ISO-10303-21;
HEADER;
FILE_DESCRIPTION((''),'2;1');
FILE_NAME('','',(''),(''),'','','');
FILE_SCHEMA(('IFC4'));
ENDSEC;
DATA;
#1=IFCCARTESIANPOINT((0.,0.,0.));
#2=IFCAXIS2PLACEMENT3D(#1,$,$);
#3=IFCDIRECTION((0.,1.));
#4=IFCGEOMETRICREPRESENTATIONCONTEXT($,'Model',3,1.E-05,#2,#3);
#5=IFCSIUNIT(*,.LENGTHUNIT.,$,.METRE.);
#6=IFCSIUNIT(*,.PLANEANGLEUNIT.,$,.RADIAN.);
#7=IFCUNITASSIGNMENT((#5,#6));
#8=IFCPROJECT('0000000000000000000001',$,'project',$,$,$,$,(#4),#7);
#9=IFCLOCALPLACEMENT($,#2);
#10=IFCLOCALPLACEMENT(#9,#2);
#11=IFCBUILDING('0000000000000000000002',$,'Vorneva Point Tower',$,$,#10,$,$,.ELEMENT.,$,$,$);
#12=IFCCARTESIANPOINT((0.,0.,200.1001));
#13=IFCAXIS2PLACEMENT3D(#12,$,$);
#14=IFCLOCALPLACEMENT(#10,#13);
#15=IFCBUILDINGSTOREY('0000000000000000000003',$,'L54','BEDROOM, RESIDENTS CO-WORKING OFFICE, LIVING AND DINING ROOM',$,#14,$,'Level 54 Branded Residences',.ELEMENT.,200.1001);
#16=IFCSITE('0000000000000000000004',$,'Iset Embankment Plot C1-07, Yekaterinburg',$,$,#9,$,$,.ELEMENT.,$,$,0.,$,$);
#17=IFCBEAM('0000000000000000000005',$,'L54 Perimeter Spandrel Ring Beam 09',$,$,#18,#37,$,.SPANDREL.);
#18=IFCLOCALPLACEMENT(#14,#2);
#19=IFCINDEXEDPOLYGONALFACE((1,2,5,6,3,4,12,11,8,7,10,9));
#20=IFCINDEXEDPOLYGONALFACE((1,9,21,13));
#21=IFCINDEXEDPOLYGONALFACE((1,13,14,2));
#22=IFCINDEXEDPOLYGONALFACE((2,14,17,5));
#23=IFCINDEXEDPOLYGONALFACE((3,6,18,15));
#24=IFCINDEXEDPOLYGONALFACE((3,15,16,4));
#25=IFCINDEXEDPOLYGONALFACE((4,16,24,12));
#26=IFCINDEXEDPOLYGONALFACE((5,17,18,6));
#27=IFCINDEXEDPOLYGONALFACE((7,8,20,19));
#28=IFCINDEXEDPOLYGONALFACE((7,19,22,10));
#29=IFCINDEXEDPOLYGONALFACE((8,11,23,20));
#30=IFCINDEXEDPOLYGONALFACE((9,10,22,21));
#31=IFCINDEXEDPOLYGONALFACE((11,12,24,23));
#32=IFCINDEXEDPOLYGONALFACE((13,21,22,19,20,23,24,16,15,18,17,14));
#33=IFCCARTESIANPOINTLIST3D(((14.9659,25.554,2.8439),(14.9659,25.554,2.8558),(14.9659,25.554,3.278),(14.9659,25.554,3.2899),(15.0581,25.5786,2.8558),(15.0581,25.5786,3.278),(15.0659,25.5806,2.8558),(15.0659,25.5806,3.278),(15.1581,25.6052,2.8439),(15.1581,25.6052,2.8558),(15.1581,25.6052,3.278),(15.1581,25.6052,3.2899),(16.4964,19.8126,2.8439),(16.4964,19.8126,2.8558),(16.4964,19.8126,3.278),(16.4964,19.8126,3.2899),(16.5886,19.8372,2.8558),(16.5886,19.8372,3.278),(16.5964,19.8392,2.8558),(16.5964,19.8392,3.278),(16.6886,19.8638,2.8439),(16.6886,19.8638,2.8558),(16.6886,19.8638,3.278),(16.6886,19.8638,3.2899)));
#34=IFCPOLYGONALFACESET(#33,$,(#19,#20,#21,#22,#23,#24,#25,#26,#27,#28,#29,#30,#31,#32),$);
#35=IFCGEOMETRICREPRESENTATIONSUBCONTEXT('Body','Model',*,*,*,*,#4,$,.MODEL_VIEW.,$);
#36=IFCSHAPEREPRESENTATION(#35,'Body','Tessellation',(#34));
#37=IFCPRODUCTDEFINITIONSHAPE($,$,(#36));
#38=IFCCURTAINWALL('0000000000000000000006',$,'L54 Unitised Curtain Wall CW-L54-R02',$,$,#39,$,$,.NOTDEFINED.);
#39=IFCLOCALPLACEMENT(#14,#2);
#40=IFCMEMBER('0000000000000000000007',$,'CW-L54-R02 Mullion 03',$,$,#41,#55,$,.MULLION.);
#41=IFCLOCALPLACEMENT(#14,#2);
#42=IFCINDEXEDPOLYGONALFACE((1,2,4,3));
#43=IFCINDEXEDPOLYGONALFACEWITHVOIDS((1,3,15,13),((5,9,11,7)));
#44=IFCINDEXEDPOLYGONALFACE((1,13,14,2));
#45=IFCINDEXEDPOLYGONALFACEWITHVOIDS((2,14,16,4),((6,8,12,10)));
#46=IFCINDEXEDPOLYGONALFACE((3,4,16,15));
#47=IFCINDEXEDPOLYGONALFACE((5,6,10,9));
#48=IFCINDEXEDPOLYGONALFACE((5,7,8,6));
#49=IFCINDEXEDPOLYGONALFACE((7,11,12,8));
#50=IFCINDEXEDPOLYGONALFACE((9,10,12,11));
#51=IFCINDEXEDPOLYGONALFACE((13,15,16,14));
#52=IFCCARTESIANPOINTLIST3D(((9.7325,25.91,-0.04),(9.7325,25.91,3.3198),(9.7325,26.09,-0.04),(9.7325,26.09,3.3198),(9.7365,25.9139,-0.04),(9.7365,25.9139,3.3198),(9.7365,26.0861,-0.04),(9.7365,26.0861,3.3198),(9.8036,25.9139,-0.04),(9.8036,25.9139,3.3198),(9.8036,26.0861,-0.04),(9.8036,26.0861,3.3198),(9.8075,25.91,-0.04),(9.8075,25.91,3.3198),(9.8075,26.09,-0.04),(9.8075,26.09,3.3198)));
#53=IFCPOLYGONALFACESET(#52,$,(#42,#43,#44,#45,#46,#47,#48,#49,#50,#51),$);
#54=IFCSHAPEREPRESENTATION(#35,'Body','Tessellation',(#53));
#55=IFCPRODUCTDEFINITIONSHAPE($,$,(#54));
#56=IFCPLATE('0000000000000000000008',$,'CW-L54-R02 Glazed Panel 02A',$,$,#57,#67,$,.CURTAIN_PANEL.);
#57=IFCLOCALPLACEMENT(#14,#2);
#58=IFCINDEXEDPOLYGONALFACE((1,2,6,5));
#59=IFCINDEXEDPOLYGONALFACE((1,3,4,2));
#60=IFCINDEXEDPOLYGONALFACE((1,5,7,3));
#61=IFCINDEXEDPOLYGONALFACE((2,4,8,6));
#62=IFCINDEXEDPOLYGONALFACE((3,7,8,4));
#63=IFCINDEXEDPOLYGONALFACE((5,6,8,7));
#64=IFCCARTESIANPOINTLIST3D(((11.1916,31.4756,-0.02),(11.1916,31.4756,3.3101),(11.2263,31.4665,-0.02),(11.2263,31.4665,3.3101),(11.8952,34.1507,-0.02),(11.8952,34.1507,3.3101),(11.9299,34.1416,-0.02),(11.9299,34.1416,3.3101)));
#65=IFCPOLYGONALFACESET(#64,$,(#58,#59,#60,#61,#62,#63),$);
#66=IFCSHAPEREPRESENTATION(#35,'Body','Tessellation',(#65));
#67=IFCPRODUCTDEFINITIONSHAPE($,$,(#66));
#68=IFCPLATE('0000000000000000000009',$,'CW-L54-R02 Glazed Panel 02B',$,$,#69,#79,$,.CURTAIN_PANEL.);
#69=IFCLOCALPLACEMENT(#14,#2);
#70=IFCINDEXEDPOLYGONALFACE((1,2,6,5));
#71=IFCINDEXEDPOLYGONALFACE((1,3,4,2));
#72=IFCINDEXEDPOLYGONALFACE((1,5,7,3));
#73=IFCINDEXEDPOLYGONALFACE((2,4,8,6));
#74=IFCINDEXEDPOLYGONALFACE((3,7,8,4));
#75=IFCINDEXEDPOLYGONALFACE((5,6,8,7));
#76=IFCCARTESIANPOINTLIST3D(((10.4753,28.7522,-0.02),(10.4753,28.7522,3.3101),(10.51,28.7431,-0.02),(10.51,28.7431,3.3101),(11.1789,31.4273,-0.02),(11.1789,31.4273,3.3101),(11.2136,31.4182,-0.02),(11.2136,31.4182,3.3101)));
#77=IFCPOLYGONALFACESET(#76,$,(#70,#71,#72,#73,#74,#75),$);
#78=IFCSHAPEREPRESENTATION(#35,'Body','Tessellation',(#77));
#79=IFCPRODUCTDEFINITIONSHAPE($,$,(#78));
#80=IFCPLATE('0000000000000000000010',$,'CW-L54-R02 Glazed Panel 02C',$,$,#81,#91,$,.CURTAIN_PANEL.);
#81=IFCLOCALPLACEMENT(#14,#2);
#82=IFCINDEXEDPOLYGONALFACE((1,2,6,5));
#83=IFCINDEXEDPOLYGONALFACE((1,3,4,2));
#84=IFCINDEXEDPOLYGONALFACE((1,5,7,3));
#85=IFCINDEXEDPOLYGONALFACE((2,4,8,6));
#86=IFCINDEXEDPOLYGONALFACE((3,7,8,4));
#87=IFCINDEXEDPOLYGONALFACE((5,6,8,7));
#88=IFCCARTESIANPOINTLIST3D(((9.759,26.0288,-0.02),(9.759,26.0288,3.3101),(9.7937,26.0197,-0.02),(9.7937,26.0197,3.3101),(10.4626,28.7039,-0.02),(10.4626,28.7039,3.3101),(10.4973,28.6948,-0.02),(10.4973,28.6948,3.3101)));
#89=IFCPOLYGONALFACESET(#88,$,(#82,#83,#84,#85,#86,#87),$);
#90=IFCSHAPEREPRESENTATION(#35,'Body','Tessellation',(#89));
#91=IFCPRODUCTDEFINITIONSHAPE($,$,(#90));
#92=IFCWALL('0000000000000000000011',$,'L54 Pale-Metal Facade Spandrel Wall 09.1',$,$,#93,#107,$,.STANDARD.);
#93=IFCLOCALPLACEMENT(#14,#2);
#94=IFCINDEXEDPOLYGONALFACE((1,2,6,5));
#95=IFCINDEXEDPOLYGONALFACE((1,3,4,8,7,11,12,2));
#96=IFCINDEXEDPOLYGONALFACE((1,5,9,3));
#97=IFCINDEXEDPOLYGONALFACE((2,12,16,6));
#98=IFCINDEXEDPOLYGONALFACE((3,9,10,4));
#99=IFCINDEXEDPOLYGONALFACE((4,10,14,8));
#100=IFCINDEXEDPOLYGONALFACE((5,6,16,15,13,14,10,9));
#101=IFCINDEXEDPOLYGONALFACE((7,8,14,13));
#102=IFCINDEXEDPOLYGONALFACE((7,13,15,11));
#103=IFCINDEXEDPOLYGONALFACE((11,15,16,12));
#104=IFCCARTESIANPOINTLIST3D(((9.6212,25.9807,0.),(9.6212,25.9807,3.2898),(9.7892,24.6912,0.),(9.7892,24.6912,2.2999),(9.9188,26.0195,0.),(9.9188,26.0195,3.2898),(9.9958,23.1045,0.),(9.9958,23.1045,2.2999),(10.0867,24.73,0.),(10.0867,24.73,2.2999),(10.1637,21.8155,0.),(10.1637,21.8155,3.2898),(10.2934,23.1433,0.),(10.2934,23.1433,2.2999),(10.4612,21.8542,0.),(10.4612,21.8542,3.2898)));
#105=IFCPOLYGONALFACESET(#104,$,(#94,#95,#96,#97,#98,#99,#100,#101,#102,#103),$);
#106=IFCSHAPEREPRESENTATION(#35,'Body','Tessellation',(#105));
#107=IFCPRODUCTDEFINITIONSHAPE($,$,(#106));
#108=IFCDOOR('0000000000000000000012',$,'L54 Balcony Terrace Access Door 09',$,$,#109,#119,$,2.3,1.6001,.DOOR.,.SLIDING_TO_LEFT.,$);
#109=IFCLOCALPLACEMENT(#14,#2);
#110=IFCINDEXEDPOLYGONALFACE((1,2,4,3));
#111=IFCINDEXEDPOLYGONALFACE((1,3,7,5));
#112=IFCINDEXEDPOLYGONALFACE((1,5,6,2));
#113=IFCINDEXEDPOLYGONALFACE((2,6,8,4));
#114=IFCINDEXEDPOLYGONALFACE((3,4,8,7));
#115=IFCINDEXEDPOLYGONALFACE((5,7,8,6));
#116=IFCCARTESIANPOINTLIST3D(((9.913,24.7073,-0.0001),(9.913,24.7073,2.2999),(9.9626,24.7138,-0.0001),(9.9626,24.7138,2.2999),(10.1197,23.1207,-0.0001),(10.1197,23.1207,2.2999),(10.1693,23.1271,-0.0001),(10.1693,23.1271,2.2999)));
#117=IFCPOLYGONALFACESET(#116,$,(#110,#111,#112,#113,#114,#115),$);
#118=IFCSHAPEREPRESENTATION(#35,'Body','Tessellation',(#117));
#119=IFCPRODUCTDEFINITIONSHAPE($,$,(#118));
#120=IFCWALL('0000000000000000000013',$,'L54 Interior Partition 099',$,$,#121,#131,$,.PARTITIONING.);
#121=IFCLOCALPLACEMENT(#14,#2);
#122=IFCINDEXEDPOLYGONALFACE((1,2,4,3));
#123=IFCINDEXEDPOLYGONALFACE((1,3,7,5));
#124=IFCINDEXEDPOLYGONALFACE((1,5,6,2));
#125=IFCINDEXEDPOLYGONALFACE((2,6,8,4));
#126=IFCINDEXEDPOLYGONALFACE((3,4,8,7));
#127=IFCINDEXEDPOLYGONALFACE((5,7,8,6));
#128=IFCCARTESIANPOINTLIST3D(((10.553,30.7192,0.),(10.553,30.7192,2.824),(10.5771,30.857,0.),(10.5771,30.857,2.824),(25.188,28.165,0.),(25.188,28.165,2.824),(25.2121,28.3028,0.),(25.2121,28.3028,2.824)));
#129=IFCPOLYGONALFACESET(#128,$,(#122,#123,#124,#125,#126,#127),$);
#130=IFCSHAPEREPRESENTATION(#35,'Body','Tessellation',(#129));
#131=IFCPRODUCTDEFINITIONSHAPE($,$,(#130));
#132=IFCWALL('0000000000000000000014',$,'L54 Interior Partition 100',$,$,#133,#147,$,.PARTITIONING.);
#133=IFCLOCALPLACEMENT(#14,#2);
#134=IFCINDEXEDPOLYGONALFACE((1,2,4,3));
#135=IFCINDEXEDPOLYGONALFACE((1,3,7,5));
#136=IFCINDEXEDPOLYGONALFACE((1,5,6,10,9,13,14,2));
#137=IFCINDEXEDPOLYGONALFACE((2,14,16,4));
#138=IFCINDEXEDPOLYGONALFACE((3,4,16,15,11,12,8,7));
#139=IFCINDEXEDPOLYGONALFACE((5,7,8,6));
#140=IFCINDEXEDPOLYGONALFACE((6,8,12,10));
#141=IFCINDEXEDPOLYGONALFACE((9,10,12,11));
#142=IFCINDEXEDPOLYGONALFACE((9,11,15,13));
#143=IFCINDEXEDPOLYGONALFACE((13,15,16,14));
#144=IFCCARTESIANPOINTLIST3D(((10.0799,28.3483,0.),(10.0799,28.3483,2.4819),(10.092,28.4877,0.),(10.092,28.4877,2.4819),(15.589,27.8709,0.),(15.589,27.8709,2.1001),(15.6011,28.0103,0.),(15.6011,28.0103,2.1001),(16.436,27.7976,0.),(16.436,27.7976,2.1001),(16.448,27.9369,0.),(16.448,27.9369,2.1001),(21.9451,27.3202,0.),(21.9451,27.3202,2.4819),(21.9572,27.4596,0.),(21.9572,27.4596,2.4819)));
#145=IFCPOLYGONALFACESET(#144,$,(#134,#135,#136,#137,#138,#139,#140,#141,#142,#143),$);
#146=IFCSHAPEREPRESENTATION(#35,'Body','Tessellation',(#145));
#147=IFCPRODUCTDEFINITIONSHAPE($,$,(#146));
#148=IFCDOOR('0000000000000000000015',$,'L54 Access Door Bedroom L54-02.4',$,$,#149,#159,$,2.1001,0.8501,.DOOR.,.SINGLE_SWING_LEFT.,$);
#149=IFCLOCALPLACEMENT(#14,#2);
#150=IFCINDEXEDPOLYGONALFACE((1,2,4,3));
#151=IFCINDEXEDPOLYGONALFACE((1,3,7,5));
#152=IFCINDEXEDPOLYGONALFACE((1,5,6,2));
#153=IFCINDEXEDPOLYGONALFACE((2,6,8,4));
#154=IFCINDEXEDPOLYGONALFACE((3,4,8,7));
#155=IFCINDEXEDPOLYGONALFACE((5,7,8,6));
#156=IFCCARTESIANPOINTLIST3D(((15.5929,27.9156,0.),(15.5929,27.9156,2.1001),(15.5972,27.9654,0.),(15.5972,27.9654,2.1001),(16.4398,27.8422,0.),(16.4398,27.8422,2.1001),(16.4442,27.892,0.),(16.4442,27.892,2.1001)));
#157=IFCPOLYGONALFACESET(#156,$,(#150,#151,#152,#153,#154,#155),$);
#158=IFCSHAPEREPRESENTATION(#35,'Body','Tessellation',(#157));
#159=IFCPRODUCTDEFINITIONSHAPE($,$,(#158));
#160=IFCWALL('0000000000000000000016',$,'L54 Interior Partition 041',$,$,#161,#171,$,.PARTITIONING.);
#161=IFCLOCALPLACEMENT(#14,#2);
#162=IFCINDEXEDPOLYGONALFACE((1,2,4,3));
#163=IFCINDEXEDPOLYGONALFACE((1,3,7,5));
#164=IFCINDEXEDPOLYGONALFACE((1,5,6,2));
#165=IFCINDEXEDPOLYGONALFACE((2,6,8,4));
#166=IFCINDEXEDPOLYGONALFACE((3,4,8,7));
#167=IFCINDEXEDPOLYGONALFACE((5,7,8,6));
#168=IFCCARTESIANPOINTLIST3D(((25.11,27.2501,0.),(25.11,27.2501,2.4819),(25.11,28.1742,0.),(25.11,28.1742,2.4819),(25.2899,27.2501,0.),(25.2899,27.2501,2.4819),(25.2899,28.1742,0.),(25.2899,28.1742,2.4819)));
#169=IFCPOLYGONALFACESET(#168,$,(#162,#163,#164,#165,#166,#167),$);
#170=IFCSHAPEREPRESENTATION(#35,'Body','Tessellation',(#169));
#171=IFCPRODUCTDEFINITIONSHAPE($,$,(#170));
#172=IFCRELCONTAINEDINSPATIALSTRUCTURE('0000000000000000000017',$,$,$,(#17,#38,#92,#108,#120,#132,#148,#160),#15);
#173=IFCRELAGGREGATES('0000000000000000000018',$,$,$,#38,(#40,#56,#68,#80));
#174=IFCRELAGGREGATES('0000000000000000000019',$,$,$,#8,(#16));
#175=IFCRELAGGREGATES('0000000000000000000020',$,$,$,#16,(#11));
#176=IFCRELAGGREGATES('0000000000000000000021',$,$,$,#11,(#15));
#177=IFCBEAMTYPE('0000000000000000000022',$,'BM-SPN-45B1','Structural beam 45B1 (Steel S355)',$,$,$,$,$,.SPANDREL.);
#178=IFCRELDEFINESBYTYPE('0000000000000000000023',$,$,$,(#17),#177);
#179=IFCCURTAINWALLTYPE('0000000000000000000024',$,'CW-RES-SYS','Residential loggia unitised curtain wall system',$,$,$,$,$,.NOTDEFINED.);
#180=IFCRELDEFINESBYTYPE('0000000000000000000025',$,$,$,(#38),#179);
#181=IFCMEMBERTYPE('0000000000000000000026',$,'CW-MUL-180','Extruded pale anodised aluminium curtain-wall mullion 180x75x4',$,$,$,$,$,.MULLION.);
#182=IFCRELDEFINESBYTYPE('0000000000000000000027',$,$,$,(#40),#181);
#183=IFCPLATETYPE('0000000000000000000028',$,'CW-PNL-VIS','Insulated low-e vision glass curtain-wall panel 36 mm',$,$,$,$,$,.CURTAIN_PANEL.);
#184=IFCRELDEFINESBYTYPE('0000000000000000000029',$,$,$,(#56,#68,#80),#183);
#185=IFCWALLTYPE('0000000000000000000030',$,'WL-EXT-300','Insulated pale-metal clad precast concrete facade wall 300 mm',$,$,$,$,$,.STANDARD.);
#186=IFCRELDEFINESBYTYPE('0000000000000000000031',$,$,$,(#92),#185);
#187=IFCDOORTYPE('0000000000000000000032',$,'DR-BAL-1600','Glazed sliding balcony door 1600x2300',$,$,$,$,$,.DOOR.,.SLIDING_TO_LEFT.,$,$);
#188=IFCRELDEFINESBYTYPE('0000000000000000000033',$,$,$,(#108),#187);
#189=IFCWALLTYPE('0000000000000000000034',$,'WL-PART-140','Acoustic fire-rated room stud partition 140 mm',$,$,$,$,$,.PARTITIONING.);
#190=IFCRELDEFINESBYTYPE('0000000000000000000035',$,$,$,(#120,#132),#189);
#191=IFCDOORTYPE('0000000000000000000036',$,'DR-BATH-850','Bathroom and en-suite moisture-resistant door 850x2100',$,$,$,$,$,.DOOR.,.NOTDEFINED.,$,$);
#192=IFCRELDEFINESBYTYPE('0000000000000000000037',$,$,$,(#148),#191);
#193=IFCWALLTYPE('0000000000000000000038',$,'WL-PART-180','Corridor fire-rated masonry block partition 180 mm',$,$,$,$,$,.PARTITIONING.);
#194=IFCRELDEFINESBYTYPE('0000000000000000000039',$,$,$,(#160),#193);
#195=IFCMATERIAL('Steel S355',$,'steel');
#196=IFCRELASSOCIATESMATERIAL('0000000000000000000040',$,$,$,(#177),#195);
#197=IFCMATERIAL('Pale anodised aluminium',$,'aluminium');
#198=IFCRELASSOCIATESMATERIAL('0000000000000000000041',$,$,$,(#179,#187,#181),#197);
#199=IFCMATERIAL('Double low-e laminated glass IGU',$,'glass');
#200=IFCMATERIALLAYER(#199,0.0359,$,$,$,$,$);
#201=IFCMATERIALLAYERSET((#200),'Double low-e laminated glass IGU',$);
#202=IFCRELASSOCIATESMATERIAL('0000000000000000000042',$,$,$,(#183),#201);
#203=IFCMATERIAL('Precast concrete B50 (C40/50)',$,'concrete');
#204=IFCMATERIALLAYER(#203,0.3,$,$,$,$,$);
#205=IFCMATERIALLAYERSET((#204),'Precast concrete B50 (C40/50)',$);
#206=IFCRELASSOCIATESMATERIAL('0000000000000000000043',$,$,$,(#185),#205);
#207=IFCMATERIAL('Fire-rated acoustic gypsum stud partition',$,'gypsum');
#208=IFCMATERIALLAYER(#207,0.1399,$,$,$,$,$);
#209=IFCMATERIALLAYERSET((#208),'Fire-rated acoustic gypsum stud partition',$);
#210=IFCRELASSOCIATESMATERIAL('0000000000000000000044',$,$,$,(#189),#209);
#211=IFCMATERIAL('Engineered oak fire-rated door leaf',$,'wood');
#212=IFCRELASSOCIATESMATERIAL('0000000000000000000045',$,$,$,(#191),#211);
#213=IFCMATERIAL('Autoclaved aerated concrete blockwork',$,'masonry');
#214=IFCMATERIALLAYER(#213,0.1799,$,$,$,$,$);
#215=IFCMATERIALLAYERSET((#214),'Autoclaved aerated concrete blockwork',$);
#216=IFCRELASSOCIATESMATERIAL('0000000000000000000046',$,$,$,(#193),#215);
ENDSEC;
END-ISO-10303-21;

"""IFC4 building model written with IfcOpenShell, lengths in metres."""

from ifc_helpers import new_model, si_unit, direction, frame, frame_2d, origin, origin_2d, place, context, subcontext, project, spatial, rectangle, hollow_rectangle, i_section, extrude, material, layer, layer_set, material_profile, profile_set, type_object, element, fill, aggregate, save


model = new_model("IFC4")

# Units and contexts
model_context = context("Model", 3, precision=1e-05, world=origin(), true_north=direction((0.0, 1.0)))
body_context = subcontext(model_context, "Body", "Model", "MODEL_VIEW")
ifc_project = project(units=[si_unit("LENGTHUNIT", "METRE"), si_unit("PLANEANGLEUNIT", "RADIAN")], contexts=[model_context])

# Site, building, storey
site_placement = place(None, origin())
site = spatial("IfcSite", under=ifc_project, at=site_placement, Name="Iset Embankment Plot C1-07, Yekaterinburg", CompositionType="ELEMENT", RefElevation=0.0)
building_placement = place(site_placement, origin())
building = spatial("IfcBuilding", under=site, at=building_placement, Name="Vorneva Point Tower", CompositionType="ELEMENT")
storey_placement = place(building_placement, frame((0.0, 0.0, 200.1001)))
storey = spatial("IfcBuildingStorey", under=building, at=storey_placement, Name="L54", Description="BEDROOM, RESIDENTS CO-WORKING OFFICE, LIVING AND DINING ROOM", LongName="Level 54 Branded Residences", CompositionType="ELEMENT", Elevation=200.1001)

# Beam
ifc_material_1 = material(Name="Steel S355", Category="steel")
ifc_material_profile_1 = material_profile(ifc_material_1, i_section(OverallWidth=0.199, OverallDepth=0.446, WebThickness=0.0081, FlangeThickness=0.012, at=origin_2d()), Name="45B1")
ifc_profile_set_1 = profile_set([ifc_material_profile_1], Name="Steel S355")
beam_type_1 = type_object("IfcBeamType", Name="BM-SPN-45B1", Description="Structural beam 45B1 (Steel S355)", PredefinedType="SPANDREL", material=ifc_profile_set_1)
for number, where, z_axis, x_axis, name in (
    (1, (15.062, 25.5796, 3.0669), (0.257578, -0.966257, 0.0), (0.966257, 0.257578, 0.0), "L54 Perimeter Spandrel Ring Beam 09"),
):
    element("IfcBeam", number, at=place(storey_placement, frame(where, z_axis=z_axis, x_axis=x_axis)), inside=storey, type_object=beam_type_1, Name=name, PredefinedType="SPANDREL", context=body_context, shape_type="SweptSolid", body=[
        extrude(i_section(OverallWidth=0.199, OverallDepth=0.446, WebThickness=0.0081, FlangeThickness=0.012, at=origin_2d()), origin(), (0.0, 0.0, 1.0), 5.9419),
    ])

# Curtain wall, member, plates
ifc_material_2 = material(Name="Pale anodised aluminium", Category="aluminium")
curtain_wall_type = type_object("IfcCurtainWallType", Name="CW-RES-SYS", Description="Residential loggia unitised curtain wall system", PredefinedType="NOTDEFINED", material=ifc_material_2)
curtain_wall_placement = place(storey_placement, origin())
curtain_wall = element("IfcCurtainWall", 2, at=curtain_wall_placement, inside=storey, type_object=curtain_wall_type, Name="L54 Unitised Curtain Wall CW-L54-R02", PredefinedType="NOTDEFINED")
ifc_material_profile_2 = material_profile(ifc_material_2, hollow_rectangle(XDim=0.075, YDim=0.1799, WallThickness=0.0039, at=origin_2d()), Name="AL-MUL 180x75x4")
ifc_profile_set_2 = profile_set([ifc_material_profile_2], Name="Pale anodised aluminium")
member_type = type_object("IfcMemberType", Name="CW-MUL-180", Description="Extruded pale anodised aluminium curtain-wall mullion 180x75x4", PredefinedType="MULLION", material=ifc_profile_set_2)
member_placement = place(storey_placement, frame((9.77, 26.0, -0.04), z_axis=(0.0, 0.0, 1.0), x_axis=(1.0, 0.0, 0.0)))
member = element("IfcMember", 3, at=member_placement, type_object=member_type, Name="CW-L54-R02 Mullion 03", PredefinedType="MULLION", context=body_context, shape_type="SweptSolid", body=[
    extrude(hollow_rectangle(XDim=0.075, YDim=0.1799, WallThickness=0.0039, at=origin_2d()), origin(), (0.0, 0.0, 1.0), 3.3599),
])
ifc_material_3 = material(Name="Double low-e laminated glass IGU", Category="glass")
ifc_layer_1 = layer(ifc_material_3, 0.0359)
ifc_layer_set_1 = layer_set([ifc_layer_1], Name="Double low-e laminated glass IGU")
plate_type = type_object("IfcPlateType", Name="CW-PNL-VIS", Description="Insulated low-e vision glass curtain-wall panel 36 mm", PredefinedType="CURTAIN_PANEL", material=ifc_layer_set_1)
plate_1_placement = place(storey_placement, frame((11.5608, 32.8086, -0.02), z_axis=(0.0, 0.0, 1.0), x_axis=(-0.254366, -0.967108, 0.0)))
plate_1 = element("IfcPlate", 4, at=plate_1_placement, type_object=plate_type, Name="CW-L54-R02 Glazed Panel 02A", PredefinedType="CURTAIN_PANEL", context=body_context, shape_type="SweptSolid", body=[
    extrude(rectangle(XDim=2.7661, YDim=0.0359, at=origin_2d()), origin(), (0.0, 0.0, 1.0), 3.3301),
])
plate_2_placement = place(storey_placement, frame((10.8445, 30.0852, -0.02), z_axis=(0.0, 0.0, 1.0), x_axis=(-0.254366, -0.967108, 0.0)))
plate_2 = element("IfcPlate", 5, at=plate_2_placement, type_object=plate_type, Name="CW-L54-R02 Glazed Panel 02B", PredefinedType="CURTAIN_PANEL", context=body_context, shape_type="SweptSolid", body=[
    extrude(rectangle(XDim=2.7661, YDim=0.0359, at=origin_2d()), origin(), (0.0, 0.0, 1.0), 3.3301),
])
plate_3_placement = place(storey_placement, frame((10.1282, 27.3618, -0.02), z_axis=(0.0, 0.0, 1.0), x_axis=(-0.254366, -0.967108, 0.0)))
plate_3 = element("IfcPlate", 6, at=plate_3_placement, type_object=plate_type, Name="CW-L54-R02 Glazed Panel 02C", PredefinedType="CURTAIN_PANEL", context=body_context, shape_type="SweptSolid", body=[
    extrude(rectangle(XDim=2.7661, YDim=0.0359, at=origin_2d()), origin(), (0.0, 0.0, 1.0), 3.3301),
])
aggregate(curtain_wall, [member, plate_1, plate_2, plate_3])

# Wall, opening, door
ifc_material_4 = material(Name="Precast concrete B50 (C40/50)", Category="concrete")
ifc_layer_2 = layer(ifc_material_4, 0.3)
ifc_layer_set_2 = layer_set([ifc_layer_2], Name="Precast concrete B50 (C40/50)")
wall_type_1 = type_object("IfcWallType", Name="WL-EXT-300", Description="Insulated pale-metal clad precast concrete facade wall 300 mm", PredefinedType="STANDARD", material=ifc_layer_set_2)
wall_1_placement = place(storey_placement, frame((9.77, 26.0, 0.0), z_axis=(0.0, 0.0, 1.0), x_axis=(0.129148, -0.991625, 0.0)))
wall_1 = element("IfcWall", 7, at=wall_1_placement, inside=storey, type_object=wall_type_1, Name="L54 Pale-Metal Facade Spandrel Wall 09.1", PredefinedType="STANDARD", context=body_context, shape_type="SweptSolid", body=[
    extrude(rectangle(XDim=4.2004, YDim=0.3, at=frame_2d((2.1001, 0.0))), origin(), (0.0, 0.0, 1.0), 3.2898),
])
opening_1_placement = place(wall_1_placement, frame((1.3003, 0.0, 0.0)))
opening_1 = element("IfcOpeningElement", 8, at=opening_1_placement, cuts=wall_1, PredefinedType="OPENING", context=body_context, shape_type="SweptSolid", body=[
    extrude(rectangle(XDim=1.6001, YDim=2.3, at=frame_2d((0.8, 1.1499))), frame((0.0, 0.165, 0.0), z_axis=(0.0, -1.0, 0.0), x_axis=(1.0, 0.0, 0.0)), (0.0, 0.0, 1.0), 0.3298),
])
door_type_1 = type_object("IfcDoorType", Name="DR-BAL-1600", Description="Glazed sliding balcony door 1600x2300", OperationType="SLIDING_TO_LEFT", PredefinedType="DOOR", material=ifc_material_2)
door_1_placement = place(opening_1_placement, origin())
door_1 = element("IfcDoor", 9, at=door_1_placement, inside=storey, type_object=door_type_1, Name="L54 Balcony Terrace Access Door 09", OperationType="SLIDING_TO_LEFT", OverallHeight=2.3, OverallWidth=1.6001, PredefinedType="DOOR", context=body_context, shape_type="SweptSolid", body=[
    extrude(rectangle(XDim=1.6001, YDim=2.3, at=frame_2d((0.8, 1.1499))), frame((0.0, 0.0249, 0.0), z_axis=(0.0, -1.0, 0.0), x_axis=(1.0, 0.0, 0.0)), (0.0, 0.0, 1.0), 0.05),
])
fill(opening_1, door_1)

# Wall
ifc_material_5 = material(Name="Fire-rated acoustic gypsum stud partition", Category="gypsum")
ifc_layer_3 = layer(ifc_material_5, 0.1399)
ifc_layer_set_3 = layer_set([ifc_layer_3], Name="Fire-rated acoustic gypsum stud partition")
wall_type_2 = type_object("IfcWallType", Name="WL-PART-140", Description="Acoustic fire-rated room stud partition 140 mm", PredefinedType="PARTITIONING", material=ifc_layer_set_3)
wall_2_placement = place(storey_placement, frame((10.5649, 30.7881, 0.0), z_axis=(0.0, 0.0, 1.0), x_axis=(0.98511, -0.171928, 0.0)))
element("IfcWall", 10, at=wall_2_placement, inside=storey, type_object=wall_type_2, Name="L54 Interior Partition 099", PredefinedType="PARTITIONING", context=body_context, shape_type="SweptSolid", body=[
    extrude(rectangle(XDim=14.8562, YDim=0.1399, at=frame_2d((7.4282, 0.0))), origin(), (0.0, 0.0, 1.0), 2.824),
])

# Wall, opening, door
wall_3_placement = place(storey_placement, frame((10.0859, 28.418, 0.0), z_axis=(0.0, 0.0, 1.0), x_axis=(0.996267, -0.086323, 0.0)))
wall_3 = element("IfcWall", 11, at=wall_3_placement, inside=storey, type_object=wall_type_2, Name="L54 Interior Partition 100", PredefinedType="PARTITIONING", context=body_context, shape_type="SweptSolid", body=[
    extrude(rectangle(XDim=11.9097, YDim=0.1399, at=frame_2d((5.9548, 0.0))), origin(), (0.0, 0.0, 1.0), 2.4819),
])
opening_2_placement = place(wall_3_placement, frame((5.5298, 0.0, 0.0)))
opening_2 = element("IfcOpeningElement", 12, at=opening_2_placement, cuts=wall_3, PredefinedType="OPENING", context=body_context, shape_type="SweptSolid", body=[
    extrude(rectangle(XDim=0.8501, YDim=2.1001, at=frame_2d((0.425, 1.05))), frame((0.0, 0.085, 0.0), z_axis=(0.0, -1.0, 0.0), x_axis=(1.0, 0.0, 0.0)), (0.0, 0.0, 1.0), 0.1697),
])
ifc_material_6 = material(Name="Engineered oak fire-rated door leaf", Category="wood")
door_type_2 = type_object("IfcDoorType", Name="DR-BATH-850", Description="Bathroom and en-suite moisture-resistant door 850x2100", OperationType="NOTDEFINED", PredefinedType="DOOR", material=ifc_material_6)
door_2_placement = place(opening_2_placement, origin())
door_2 = element("IfcDoor", 13, at=door_2_placement, inside=storey, type_object=door_type_2, Name="L54 Access Door Bedroom L54-02.4", OperationType="SINGLE_SWING_LEFT", OverallHeight=2.1001, OverallWidth=0.8501, PredefinedType="DOOR", context=body_context, shape_type="SweptSolid", body=[
    extrude(rectangle(XDim=0.8501, YDim=2.1001, at=frame_2d((0.425, 1.05))), frame((0.0, 0.0249, 0.0), z_axis=(0.0, -1.0, 0.0), x_axis=(1.0, 0.0, 0.0)), (0.0, 0.0, 1.0), 0.05),
])
fill(opening_2, door_2)

# Wall
ifc_material_7 = material(Name="Autoclaved aerated concrete blockwork", Category="masonry")
ifc_layer_4 = layer(ifc_material_7, 0.1799)
ifc_layer_set_4 = layer_set([ifc_layer_4], Name="Autoclaved aerated concrete blockwork")
wall_type_3 = type_object("IfcWallType", Name="WL-PART-180", Description="Corridor fire-rated masonry block partition 180 mm", PredefinedType="PARTITIONING", material=ifc_layer_set_4)
wall_4_placement = place(storey_placement, frame((25.2, 28.1741, 0.0), z_axis=(0.0, 0.0, 1.0), x_axis=(0.0, -1.0, 0.0)))
element("IfcWall", 14, at=wall_4_placement, inside=storey, type_object=wall_type_3, Name="L54 Interior Partition 041", PredefinedType="PARTITIONING", context=body_context, shape_type="SweptSolid", body=[
    extrude(rectangle(XDim=0.9241, YDim=0.1799, at=frame_2d((0.4619, 0.0))), origin(), (0.0, 0.0, 1.0), 2.4819),
])

save(model, "model.ifc")
